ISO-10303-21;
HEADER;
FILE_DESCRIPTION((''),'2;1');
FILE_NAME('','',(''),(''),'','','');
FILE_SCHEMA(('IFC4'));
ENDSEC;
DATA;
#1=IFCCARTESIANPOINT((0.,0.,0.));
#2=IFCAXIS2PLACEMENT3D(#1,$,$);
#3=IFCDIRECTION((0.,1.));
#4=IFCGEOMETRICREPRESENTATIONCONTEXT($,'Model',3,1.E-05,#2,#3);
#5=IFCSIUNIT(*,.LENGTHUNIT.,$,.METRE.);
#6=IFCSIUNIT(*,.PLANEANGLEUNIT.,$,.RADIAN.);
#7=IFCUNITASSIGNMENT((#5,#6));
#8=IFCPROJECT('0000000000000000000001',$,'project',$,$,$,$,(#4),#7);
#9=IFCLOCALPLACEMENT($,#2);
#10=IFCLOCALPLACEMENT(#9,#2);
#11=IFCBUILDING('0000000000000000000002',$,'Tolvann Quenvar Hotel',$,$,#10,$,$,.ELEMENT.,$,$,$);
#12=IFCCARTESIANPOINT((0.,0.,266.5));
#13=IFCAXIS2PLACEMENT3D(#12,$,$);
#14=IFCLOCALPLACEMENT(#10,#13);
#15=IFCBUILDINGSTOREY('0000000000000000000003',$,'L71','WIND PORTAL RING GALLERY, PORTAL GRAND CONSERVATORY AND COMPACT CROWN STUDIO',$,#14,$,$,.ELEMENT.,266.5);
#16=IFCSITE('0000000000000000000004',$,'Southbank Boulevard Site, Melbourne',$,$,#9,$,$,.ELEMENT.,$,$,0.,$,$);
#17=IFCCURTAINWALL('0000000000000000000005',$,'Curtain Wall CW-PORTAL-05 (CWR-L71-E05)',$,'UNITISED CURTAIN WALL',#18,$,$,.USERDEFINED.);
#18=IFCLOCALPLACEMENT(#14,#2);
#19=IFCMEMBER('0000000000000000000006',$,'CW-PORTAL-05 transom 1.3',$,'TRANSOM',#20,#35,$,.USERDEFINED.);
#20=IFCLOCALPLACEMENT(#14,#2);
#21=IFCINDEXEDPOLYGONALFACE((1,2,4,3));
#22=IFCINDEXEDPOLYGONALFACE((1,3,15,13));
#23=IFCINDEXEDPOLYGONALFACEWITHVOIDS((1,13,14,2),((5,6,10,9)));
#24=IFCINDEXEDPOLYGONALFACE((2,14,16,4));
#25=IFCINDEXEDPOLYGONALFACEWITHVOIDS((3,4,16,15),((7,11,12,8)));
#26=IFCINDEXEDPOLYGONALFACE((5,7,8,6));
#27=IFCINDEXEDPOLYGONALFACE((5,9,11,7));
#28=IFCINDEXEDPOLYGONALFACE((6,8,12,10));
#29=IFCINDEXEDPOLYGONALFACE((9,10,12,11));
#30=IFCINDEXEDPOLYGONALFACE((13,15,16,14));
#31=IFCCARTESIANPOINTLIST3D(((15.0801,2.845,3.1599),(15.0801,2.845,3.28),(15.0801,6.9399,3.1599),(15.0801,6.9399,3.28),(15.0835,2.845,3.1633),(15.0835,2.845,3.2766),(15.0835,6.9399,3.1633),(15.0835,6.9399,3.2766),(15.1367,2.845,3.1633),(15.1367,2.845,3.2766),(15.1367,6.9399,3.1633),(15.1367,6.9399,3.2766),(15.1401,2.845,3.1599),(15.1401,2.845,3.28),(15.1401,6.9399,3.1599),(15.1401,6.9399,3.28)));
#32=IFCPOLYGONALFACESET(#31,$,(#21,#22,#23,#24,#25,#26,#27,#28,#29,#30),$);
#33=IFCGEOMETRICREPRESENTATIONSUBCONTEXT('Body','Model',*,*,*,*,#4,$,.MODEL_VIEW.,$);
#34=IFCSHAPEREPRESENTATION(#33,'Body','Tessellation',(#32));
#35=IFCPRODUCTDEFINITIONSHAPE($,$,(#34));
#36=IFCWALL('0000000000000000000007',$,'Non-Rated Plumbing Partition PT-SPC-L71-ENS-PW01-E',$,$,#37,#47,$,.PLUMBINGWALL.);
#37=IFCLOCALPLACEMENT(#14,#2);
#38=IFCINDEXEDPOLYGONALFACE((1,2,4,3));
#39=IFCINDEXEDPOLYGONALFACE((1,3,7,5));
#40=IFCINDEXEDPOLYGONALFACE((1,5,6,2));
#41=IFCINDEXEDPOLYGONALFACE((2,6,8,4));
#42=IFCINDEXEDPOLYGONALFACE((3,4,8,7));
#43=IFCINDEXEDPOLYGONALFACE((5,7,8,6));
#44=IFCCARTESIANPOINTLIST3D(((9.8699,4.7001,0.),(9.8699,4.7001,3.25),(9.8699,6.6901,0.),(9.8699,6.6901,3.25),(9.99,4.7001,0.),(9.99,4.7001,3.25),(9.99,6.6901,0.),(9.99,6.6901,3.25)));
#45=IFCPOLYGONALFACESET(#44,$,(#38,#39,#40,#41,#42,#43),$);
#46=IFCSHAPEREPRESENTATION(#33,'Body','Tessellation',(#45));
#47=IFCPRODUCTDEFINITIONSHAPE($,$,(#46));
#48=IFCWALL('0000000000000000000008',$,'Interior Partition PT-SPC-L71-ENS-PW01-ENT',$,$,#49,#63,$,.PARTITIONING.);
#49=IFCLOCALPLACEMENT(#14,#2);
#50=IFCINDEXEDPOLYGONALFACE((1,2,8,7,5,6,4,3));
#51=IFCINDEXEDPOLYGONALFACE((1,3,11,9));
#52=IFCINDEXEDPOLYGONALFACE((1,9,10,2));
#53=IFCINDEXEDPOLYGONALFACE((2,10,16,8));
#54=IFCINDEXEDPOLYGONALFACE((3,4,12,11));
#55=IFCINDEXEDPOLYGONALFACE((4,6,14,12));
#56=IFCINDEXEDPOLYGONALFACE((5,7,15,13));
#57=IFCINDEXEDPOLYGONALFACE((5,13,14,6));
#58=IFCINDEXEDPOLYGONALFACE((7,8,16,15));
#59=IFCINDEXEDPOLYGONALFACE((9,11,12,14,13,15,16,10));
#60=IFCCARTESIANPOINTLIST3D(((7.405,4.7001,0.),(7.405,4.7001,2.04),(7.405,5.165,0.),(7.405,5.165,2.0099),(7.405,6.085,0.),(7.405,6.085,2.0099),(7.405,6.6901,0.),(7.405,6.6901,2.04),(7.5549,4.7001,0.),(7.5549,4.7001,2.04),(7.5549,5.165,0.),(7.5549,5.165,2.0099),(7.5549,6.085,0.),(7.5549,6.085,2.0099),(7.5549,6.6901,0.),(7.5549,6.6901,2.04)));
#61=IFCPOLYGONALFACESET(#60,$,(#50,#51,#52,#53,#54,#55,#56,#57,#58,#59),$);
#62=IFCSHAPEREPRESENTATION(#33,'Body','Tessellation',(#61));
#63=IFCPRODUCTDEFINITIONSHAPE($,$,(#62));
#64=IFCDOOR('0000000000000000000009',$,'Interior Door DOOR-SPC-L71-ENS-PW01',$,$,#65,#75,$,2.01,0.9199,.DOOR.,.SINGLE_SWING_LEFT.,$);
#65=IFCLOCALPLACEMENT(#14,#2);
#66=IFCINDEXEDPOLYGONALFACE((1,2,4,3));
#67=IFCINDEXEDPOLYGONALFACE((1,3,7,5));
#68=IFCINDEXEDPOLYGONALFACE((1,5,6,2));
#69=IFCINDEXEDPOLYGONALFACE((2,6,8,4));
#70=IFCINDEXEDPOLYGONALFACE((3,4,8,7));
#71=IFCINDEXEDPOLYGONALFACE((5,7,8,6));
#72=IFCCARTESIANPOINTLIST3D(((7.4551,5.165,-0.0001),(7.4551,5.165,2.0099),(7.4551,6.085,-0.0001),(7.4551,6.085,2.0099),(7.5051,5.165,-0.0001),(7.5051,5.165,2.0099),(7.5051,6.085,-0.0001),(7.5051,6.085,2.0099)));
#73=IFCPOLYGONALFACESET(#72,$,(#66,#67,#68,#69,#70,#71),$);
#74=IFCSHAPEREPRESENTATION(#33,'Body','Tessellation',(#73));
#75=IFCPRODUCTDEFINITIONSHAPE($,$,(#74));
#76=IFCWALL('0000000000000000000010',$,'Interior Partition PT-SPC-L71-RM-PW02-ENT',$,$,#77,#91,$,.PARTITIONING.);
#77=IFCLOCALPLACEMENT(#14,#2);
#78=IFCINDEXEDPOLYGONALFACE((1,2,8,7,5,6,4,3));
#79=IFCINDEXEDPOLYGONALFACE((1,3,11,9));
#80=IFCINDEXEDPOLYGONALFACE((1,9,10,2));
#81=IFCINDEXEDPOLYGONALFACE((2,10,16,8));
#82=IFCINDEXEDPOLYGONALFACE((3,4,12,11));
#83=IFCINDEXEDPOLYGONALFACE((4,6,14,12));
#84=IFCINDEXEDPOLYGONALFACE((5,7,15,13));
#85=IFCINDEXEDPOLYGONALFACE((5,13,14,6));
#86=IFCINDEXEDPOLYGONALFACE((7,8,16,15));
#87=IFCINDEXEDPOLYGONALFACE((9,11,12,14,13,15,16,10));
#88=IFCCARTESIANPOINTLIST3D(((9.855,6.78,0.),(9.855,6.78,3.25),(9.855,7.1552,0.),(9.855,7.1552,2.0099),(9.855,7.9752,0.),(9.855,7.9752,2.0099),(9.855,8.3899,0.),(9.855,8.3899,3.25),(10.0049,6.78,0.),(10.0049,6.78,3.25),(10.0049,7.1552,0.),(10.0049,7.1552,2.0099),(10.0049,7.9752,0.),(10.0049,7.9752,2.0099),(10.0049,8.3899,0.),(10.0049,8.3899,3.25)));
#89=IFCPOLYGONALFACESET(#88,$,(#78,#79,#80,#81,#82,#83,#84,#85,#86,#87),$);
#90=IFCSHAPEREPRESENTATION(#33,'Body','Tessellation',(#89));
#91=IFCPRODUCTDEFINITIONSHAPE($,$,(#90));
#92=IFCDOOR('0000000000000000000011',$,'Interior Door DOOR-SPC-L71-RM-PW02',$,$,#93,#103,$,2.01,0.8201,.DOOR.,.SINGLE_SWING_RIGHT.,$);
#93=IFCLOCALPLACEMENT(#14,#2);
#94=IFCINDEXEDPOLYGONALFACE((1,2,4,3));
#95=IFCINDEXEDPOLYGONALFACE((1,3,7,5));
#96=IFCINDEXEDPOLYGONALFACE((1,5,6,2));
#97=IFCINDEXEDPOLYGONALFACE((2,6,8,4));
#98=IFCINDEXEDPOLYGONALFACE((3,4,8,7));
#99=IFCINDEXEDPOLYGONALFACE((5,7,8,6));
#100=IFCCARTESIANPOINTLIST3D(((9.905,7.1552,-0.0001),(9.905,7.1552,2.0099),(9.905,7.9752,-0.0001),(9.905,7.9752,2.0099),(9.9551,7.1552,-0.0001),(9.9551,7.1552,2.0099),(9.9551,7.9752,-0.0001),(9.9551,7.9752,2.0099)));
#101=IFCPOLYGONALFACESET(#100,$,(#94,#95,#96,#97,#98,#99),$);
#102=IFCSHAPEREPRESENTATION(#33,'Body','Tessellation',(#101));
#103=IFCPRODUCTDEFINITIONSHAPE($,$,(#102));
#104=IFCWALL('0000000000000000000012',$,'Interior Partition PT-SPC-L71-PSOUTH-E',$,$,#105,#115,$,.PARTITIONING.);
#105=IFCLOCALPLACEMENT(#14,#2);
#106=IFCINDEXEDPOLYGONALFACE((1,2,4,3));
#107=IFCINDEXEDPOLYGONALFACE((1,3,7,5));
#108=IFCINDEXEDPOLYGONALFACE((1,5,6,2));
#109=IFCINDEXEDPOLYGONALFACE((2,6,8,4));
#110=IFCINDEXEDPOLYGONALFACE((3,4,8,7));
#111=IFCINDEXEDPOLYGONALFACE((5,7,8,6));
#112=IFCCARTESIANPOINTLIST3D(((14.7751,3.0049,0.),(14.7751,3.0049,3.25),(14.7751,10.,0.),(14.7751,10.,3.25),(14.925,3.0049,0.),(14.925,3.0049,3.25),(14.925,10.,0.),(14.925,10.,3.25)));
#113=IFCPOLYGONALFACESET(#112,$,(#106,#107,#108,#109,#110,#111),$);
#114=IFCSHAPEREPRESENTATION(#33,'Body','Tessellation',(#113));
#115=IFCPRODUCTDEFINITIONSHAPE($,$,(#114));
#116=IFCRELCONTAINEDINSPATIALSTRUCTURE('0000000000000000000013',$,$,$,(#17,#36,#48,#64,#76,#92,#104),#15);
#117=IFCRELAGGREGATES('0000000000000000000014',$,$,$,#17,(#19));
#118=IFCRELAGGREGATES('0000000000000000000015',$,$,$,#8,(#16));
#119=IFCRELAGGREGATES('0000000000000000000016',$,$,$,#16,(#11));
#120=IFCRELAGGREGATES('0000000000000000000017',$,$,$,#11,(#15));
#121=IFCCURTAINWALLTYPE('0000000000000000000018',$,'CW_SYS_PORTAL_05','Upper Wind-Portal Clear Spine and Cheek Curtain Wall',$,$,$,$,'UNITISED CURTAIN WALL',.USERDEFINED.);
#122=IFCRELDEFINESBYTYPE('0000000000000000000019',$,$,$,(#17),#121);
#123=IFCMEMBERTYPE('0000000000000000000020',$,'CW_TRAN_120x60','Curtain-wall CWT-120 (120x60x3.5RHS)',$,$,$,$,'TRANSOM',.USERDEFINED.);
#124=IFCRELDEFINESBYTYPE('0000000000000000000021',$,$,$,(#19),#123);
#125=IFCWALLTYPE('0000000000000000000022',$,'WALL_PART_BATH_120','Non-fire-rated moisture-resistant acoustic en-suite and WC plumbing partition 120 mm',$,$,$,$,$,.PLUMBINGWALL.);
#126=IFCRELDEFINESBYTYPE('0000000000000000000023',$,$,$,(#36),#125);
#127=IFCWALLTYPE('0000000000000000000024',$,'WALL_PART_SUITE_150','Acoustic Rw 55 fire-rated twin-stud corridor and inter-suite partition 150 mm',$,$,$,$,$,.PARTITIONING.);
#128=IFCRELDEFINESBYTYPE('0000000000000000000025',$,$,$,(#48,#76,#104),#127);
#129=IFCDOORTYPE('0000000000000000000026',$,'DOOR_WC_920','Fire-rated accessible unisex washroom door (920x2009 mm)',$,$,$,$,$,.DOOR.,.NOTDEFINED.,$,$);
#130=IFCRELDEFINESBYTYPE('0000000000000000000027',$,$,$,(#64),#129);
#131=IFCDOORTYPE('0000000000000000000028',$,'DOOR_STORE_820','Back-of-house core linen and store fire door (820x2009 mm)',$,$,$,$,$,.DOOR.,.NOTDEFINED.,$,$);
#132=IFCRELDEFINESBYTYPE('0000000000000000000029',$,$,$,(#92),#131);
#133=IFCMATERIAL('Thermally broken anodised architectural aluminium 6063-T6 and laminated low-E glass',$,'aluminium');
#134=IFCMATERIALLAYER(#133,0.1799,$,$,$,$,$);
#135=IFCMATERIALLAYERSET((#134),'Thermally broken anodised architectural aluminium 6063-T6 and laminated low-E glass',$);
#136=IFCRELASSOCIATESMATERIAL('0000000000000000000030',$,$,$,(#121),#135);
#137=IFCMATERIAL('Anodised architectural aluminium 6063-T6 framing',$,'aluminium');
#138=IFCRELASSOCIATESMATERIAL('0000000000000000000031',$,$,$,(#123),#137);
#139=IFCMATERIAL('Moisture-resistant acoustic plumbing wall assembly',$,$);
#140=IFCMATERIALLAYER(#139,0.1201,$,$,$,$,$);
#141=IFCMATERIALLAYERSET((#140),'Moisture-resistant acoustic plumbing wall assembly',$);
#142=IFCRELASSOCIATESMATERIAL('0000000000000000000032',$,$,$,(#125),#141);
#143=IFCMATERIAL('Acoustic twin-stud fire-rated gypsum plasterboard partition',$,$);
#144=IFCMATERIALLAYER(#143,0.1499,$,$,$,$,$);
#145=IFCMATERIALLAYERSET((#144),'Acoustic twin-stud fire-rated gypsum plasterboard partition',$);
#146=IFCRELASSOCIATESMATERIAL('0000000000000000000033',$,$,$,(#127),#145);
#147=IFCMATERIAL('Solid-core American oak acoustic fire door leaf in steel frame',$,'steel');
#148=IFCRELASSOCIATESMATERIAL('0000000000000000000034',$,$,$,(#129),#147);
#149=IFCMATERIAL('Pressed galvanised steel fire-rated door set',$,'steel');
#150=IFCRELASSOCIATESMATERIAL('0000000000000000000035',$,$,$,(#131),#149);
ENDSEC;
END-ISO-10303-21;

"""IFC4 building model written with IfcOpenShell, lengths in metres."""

from ifc_helpers import new_model, si_unit, direction, frame, frame_2d, origin, origin_2d, place, context, subcontext, project, spatial, rectangle, hollow_rectangle, extrude, source, transform, mapped, material, layer, layer_set, material_profile, profile_set, type_object, type_shapes, element, fill, aggregate, save


model = new_model("IFC4")

# Units and contexts
model_context = context("Model", 3, precision=1e-05, world=origin(), true_north=direction((0.0, 1.0)))
body_context = subcontext(model_context, "Body", "Model", "MODEL_VIEW")
ifc_project = project(units=[si_unit("LENGTHUNIT", "METRE"), si_unit("PLANEANGLEUNIT", "RADIAN")], contexts=[model_context])

# Site, building, storey
site_placement = place(None, origin())
site = spatial("IfcSite", under=ifc_project, at=site_placement, Name="Southbank Boulevard Site, Melbourne", CompositionType="ELEMENT", RefElevation=0.0)
building_placement = place(site_placement, origin())
building = spatial("IfcBuilding", under=site, at=building_placement, Name="Tolvann Quenvar Hotel", CompositionType="ELEMENT")
storey_placement = place(building_placement, frame((0.0, 0.0, 266.5)))
storey = spatial("IfcBuildingStorey", under=building, at=storey_placement, Name="L71", Description="WIND PORTAL RING GALLERY, PORTAL GRAND CONSERVATORY AND COMPACT CROWN STUDIO", CompositionType="ELEMENT", Elevation=266.5)

# Curtain wall, member
ifc_material_1 = material(Name="Thermally broken anodised architectural aluminium 6063-T6 and laminated low-E glass", Category="aluminium")
ifc_layer_1 = layer(ifc_material_1, 0.1799)
ifc_layer_set_1 = layer_set([ifc_layer_1], Name="Thermally broken anodised architectural aluminium 6063-T6 and laminated low-E glass")
curtain_wall_type = type_object("IfcCurtainWallType", Name="CW_SYS_PORTAL_05", Description="Upper Wind-Portal Clear Spine and Cheek Curtain Wall", ElementType="UNITISED CURTAIN WALL", PredefinedType="USERDEFINED", material=ifc_layer_set_1)
curtain_wall_placement = place(storey_placement, origin())
curtain_wall = element("IfcCurtainWall", 1, at=curtain_wall_placement, inside=storey, type_object=curtain_wall_type, Name="Curtain Wall CW-PORTAL-05 (CWR-L71-E05)", ObjectType="UNITISED CURTAIN WALL", PredefinedType="USERDEFINED")
ifc_material_2 = material(Name="Anodised architectural aluminium 6063-T6 framing", Category="aluminium")
ifc_material_profile_1 = material_profile(ifc_material_2, hollow_rectangle(XDim=0.0601, YDim=0.1201, WallThickness=0.0034, at=origin_2d()), Name="120x60x3.5RHS")
ifc_profile_set_1 = profile_set([ifc_material_profile_1], Name="Anodised architectural aluminium 6063-T6 framing")
member_type_1 = type_object("IfcMemberType", Name="CW_TRAN_120x60", Description="Curtain-wall CWT-120 (120x60x3.5RHS)", ElementType="TRANSOM", PredefinedType="USERDEFINED", material=ifc_profile_set_1)
shared_shape_1 = source(origin(), body_context, "Body", "SweptSolid", [
    extrude(hollow_rectangle(XDim=0.0601, YDim=0.1201, WallThickness=0.0034, at=origin_2d()), origin(), (0.0, 0.0, 1.0), 4.095),
])
type_shapes(member_type_1, [shared_shape_1])
member_1_placement = place(storey_placement, frame((15.1101, 2.845, 3.22), z_axis=(0.0, 1.0, 0.0), x_axis=(-1.0, 0.0, 0.0)))
member_1 = element("IfcMember", 2, at=member_1_placement, type_object=member_type_1, Name="CW-PORTAL-05 transom 1.3", ObjectType="TRANSOM", PredefinedType="USERDEFINED", context=body_context, shape_type="MappedRepresentation", body=[
    mapped(shared_shape_1, transform((0.0, 0.0, 0.0), x_axis=(1.0, 0.0, 0.0), y_axis=(0.0, 1.0, 0.0), z_axis=(0.0, 0.0, 1.0), scale=1.0)),
])
aggregate(curtain_wall, [member_1])

# Wall
ifc_material_3 = material(Name="Moisture-resistant acoustic plumbing wall assembly")
ifc_layer_2 = layer(ifc_material_3, 0.1201)
ifc_layer_set_2 = layer_set([ifc_layer_2], Name="Moisture-resistant acoustic plumbing wall assembly")
wall_type_1 = type_object("IfcWallType", Name="WALL_PART_BATH_120", Description="Non-fire-rated moisture-resistant acoustic en-suite and WC plumbing partition 120 mm", PredefinedType="PLUMBINGWALL", material=ifc_layer_set_2)
wall_1_placement = place(storey_placement, frame((9.9299, 4.7, 0.0), z_axis=(0.0, 0.0, 1.0), x_axis=(0.0, 1.0, 0.0)))
element("IfcWall", 3, at=wall_1_placement, inside=storey, type_object=wall_type_1, Name="Non-Rated Plumbing Partition PT-SPC-L71-ENS-PW01-E", PredefinedType="PLUMBINGWALL", context=body_context, shape_type="SweptSolid", body=[
    extrude(rectangle(XDim=1.99, YDim=0.1201, at=frame_2d((0.9951, 0.0))), origin(), (0.0, 0.0, 1.0), 3.25),
])

# Walls, openings, doors
ifc_material_4 = material(Name="Acoustic twin-stud fire-rated gypsum plasterboard partition")
ifc_layer_3 = layer(ifc_material_4, 0.1499)
ifc_layer_set_3 = layer_set([ifc_layer_3], Name="Acoustic twin-stud fire-rated gypsum plasterboard partition")
wall_type_2 = type_object("IfcWallType", Name="WALL_PART_SUITE_150", Description="Acoustic Rw 55 fire-rated twin-stud corridor and inter-suite partition 150 mm", PredefinedType="PARTITIONING", material=ifc_layer_set_3)
wall_2_placement = place(storey_placement, frame((7.48, 4.7, 0.0), z_axis=(0.0, 0.0, 1.0), x_axis=(0.0, 1.0, 0.0)))
wall_2 = element("IfcWall", 4, at=wall_2_placement, inside=storey, type_object=wall_type_2, Name="Interior Partition PT-SPC-L71-ENS-PW01-ENT", PredefinedType="PARTITIONING", context=body_context, shape_type="SweptSolid", body=[
    extrude(rectangle(XDim=1.99, YDim=0.1499, at=frame_2d((0.9951, 0.0))), origin(), (0.0, 0.0, 1.0), 2.04),
])
opening_1_placement = place(wall_2_placement, frame((0.4651, 0.0, 0.0)))
opening_1 = element("IfcOpeningElement", 5, at=opening_1_placement, cuts=wall_2, PredefinedType="OPENING", context=body_context, shape_type="SweptSolid", body=[
    extrude(rectangle(XDim=0.9199, YDim=2.01, at=frame_2d((0.46, 1.0049))), frame((0.0, 0.085, 0.0), z_axis=(0.0, -1.0, 0.0), x_axis=(1.0, 0.0, 0.0)), (0.0, 0.0, 1.0), 0.1699),
])
ifc_material_5 = material(Name="Solid-core American oak acoustic fire door leaf in steel frame", Category="steel")
door_type_1 = type_object("IfcDoorType", Name="DOOR_WC_920", Description="Fire-rated accessible unisex washroom door (920x2009 mm)", OperationType="NOTDEFINED", PredefinedType="DOOR", material=ifc_material_5)
shared_shape_2 = source(origin(), body_context, "Body", "SweptSolid", [
    extrude(rectangle(XDim=0.9199, YDim=2.01, at=frame_2d((0.46, 1.0049))), frame((0.0, 0.0249, 0.0), z_axis=(0.0, -1.0, 0.0), x_axis=(1.0, 0.0, 0.0)), (0.0, 0.0, 1.0), 0.05),
])
type_shapes(door_type_1, [shared_shape_2])
door_1_placement = place(opening_1_placement, origin())
door_1 = element("IfcDoor", 6, at=door_1_placement, inside=storey, type_object=door_type_1, Name="Interior Door DOOR-SPC-L71-ENS-PW01", OperationType="SINGLE_SWING_LEFT", OverallHeight=2.01, OverallWidth=0.9199, PredefinedType="DOOR", context=body_context, shape_type="MappedRepresentation", body=[
    mapped(shared_shape_2, transform((0.0, 0.0, 0.0), x_axis=(1.0, 0.0, 0.0), y_axis=(0.0, 1.0, 0.0), z_axis=(0.0, 0.0, 1.0), scale=1.0)),
])
fill(opening_1, door_1)
wall_3_placement = place(storey_placement, frame((9.9299, 6.78, 0.0), z_axis=(0.0, 0.0, 1.0), x_axis=(0.0, 1.0, 0.0)))
wall_3 = element("IfcWall", 7, at=wall_3_placement, inside=storey, type_object=wall_type_2, Name="Interior Partition PT-SPC-L71-RM-PW02-ENT", PredefinedType="PARTITIONING", context=body_context, shape_type="SweptSolid", body=[
    extrude(rectangle(XDim=1.6099, YDim=0.1499, at=frame_2d((0.8049, 0.0))), origin(), (0.0, 0.0, 1.0), 3.25),
])
opening_2_placement = place(wall_3_placement, frame((0.375, 0.0, 0.0)))
opening_2 = element("IfcOpeningElement", 8, at=opening_2_placement, cuts=wall_3, PredefinedType="OPENING", context=body_context, shape_type="SweptSolid", body=[
    extrude(rectangle(XDim=0.8201, YDim=2.01, at=frame_2d((0.4102, 1.0049))), frame((0.0, 0.085, 0.0), z_axis=(0.0, -1.0, 0.0), x_axis=(1.0, 0.0, 0.0)), (0.0, 0.0, 1.0), 0.1699),
])
ifc_material_6 = material(Name="Pressed galvanised steel fire-rated door set", Category="steel")
door_type_2 = type_object("IfcDoorType", Name="DOOR_STORE_820", Description="Back-of-house core linen and store fire door (820x2009 mm)", OperationType="NOTDEFINED", PredefinedType="DOOR", material=ifc_material_6)
shared_shape_3 = source(origin(), body_context, "Body", "SweptSolid", [
    extrude(rectangle(XDim=0.8201, YDim=2.01, at=frame_2d((0.4102, 1.0049))), frame((0.0, 0.0249, 0.0), z_axis=(0.0, -1.0, 0.0), x_axis=(1.0, 0.0, 0.0)), (0.0, 0.0, 1.0), 0.05),
])
type_shapes(door_type_2, [shared_shape_3])
door_2_placement = place(opening_2_placement, origin())
door_2 = element("IfcDoor", 9, at=door_2_placement, inside=storey, type_object=door_type_2, Name="Interior Door DOOR-SPC-L71-RM-PW02", OperationType="SINGLE_SWING_RIGHT", OverallHeight=2.01, OverallWidth=0.8201, PredefinedType="DOOR", context=body_context, shape_type="MappedRepresentation", body=[
    mapped(shared_shape_3, transform((0.0, 0.0, 0.0), x_axis=(1.0, 0.0, 0.0), y_axis=(0.0, 1.0, 0.0), z_axis=(0.0, 0.0, 1.0), scale=1.0)),
])
fill(opening_2, door_2)

# Wall
wall_4_placement = place(storey_placement, frame((14.8501, 3.0049, 0.0), z_axis=(0.0, 0.0, 1.0), x_axis=(0.0, 1.0, 0.0)))
element("IfcWall", 10, at=wall_4_placement, inside=storey, type_object=wall_type_2, Name="Interior Partition PT-SPC-L71-PSOUTH-E", PredefinedType="PARTITIONING", context=body_context, shape_type="SweptSolid", body=[
    extrude(rectangle(XDim=6.9951, YDim=0.1499, at=frame_2d((3.4976, 0.0))), origin(), (0.0, 0.0, 1.0), 3.25),
])

save(model, "model.ifc")
